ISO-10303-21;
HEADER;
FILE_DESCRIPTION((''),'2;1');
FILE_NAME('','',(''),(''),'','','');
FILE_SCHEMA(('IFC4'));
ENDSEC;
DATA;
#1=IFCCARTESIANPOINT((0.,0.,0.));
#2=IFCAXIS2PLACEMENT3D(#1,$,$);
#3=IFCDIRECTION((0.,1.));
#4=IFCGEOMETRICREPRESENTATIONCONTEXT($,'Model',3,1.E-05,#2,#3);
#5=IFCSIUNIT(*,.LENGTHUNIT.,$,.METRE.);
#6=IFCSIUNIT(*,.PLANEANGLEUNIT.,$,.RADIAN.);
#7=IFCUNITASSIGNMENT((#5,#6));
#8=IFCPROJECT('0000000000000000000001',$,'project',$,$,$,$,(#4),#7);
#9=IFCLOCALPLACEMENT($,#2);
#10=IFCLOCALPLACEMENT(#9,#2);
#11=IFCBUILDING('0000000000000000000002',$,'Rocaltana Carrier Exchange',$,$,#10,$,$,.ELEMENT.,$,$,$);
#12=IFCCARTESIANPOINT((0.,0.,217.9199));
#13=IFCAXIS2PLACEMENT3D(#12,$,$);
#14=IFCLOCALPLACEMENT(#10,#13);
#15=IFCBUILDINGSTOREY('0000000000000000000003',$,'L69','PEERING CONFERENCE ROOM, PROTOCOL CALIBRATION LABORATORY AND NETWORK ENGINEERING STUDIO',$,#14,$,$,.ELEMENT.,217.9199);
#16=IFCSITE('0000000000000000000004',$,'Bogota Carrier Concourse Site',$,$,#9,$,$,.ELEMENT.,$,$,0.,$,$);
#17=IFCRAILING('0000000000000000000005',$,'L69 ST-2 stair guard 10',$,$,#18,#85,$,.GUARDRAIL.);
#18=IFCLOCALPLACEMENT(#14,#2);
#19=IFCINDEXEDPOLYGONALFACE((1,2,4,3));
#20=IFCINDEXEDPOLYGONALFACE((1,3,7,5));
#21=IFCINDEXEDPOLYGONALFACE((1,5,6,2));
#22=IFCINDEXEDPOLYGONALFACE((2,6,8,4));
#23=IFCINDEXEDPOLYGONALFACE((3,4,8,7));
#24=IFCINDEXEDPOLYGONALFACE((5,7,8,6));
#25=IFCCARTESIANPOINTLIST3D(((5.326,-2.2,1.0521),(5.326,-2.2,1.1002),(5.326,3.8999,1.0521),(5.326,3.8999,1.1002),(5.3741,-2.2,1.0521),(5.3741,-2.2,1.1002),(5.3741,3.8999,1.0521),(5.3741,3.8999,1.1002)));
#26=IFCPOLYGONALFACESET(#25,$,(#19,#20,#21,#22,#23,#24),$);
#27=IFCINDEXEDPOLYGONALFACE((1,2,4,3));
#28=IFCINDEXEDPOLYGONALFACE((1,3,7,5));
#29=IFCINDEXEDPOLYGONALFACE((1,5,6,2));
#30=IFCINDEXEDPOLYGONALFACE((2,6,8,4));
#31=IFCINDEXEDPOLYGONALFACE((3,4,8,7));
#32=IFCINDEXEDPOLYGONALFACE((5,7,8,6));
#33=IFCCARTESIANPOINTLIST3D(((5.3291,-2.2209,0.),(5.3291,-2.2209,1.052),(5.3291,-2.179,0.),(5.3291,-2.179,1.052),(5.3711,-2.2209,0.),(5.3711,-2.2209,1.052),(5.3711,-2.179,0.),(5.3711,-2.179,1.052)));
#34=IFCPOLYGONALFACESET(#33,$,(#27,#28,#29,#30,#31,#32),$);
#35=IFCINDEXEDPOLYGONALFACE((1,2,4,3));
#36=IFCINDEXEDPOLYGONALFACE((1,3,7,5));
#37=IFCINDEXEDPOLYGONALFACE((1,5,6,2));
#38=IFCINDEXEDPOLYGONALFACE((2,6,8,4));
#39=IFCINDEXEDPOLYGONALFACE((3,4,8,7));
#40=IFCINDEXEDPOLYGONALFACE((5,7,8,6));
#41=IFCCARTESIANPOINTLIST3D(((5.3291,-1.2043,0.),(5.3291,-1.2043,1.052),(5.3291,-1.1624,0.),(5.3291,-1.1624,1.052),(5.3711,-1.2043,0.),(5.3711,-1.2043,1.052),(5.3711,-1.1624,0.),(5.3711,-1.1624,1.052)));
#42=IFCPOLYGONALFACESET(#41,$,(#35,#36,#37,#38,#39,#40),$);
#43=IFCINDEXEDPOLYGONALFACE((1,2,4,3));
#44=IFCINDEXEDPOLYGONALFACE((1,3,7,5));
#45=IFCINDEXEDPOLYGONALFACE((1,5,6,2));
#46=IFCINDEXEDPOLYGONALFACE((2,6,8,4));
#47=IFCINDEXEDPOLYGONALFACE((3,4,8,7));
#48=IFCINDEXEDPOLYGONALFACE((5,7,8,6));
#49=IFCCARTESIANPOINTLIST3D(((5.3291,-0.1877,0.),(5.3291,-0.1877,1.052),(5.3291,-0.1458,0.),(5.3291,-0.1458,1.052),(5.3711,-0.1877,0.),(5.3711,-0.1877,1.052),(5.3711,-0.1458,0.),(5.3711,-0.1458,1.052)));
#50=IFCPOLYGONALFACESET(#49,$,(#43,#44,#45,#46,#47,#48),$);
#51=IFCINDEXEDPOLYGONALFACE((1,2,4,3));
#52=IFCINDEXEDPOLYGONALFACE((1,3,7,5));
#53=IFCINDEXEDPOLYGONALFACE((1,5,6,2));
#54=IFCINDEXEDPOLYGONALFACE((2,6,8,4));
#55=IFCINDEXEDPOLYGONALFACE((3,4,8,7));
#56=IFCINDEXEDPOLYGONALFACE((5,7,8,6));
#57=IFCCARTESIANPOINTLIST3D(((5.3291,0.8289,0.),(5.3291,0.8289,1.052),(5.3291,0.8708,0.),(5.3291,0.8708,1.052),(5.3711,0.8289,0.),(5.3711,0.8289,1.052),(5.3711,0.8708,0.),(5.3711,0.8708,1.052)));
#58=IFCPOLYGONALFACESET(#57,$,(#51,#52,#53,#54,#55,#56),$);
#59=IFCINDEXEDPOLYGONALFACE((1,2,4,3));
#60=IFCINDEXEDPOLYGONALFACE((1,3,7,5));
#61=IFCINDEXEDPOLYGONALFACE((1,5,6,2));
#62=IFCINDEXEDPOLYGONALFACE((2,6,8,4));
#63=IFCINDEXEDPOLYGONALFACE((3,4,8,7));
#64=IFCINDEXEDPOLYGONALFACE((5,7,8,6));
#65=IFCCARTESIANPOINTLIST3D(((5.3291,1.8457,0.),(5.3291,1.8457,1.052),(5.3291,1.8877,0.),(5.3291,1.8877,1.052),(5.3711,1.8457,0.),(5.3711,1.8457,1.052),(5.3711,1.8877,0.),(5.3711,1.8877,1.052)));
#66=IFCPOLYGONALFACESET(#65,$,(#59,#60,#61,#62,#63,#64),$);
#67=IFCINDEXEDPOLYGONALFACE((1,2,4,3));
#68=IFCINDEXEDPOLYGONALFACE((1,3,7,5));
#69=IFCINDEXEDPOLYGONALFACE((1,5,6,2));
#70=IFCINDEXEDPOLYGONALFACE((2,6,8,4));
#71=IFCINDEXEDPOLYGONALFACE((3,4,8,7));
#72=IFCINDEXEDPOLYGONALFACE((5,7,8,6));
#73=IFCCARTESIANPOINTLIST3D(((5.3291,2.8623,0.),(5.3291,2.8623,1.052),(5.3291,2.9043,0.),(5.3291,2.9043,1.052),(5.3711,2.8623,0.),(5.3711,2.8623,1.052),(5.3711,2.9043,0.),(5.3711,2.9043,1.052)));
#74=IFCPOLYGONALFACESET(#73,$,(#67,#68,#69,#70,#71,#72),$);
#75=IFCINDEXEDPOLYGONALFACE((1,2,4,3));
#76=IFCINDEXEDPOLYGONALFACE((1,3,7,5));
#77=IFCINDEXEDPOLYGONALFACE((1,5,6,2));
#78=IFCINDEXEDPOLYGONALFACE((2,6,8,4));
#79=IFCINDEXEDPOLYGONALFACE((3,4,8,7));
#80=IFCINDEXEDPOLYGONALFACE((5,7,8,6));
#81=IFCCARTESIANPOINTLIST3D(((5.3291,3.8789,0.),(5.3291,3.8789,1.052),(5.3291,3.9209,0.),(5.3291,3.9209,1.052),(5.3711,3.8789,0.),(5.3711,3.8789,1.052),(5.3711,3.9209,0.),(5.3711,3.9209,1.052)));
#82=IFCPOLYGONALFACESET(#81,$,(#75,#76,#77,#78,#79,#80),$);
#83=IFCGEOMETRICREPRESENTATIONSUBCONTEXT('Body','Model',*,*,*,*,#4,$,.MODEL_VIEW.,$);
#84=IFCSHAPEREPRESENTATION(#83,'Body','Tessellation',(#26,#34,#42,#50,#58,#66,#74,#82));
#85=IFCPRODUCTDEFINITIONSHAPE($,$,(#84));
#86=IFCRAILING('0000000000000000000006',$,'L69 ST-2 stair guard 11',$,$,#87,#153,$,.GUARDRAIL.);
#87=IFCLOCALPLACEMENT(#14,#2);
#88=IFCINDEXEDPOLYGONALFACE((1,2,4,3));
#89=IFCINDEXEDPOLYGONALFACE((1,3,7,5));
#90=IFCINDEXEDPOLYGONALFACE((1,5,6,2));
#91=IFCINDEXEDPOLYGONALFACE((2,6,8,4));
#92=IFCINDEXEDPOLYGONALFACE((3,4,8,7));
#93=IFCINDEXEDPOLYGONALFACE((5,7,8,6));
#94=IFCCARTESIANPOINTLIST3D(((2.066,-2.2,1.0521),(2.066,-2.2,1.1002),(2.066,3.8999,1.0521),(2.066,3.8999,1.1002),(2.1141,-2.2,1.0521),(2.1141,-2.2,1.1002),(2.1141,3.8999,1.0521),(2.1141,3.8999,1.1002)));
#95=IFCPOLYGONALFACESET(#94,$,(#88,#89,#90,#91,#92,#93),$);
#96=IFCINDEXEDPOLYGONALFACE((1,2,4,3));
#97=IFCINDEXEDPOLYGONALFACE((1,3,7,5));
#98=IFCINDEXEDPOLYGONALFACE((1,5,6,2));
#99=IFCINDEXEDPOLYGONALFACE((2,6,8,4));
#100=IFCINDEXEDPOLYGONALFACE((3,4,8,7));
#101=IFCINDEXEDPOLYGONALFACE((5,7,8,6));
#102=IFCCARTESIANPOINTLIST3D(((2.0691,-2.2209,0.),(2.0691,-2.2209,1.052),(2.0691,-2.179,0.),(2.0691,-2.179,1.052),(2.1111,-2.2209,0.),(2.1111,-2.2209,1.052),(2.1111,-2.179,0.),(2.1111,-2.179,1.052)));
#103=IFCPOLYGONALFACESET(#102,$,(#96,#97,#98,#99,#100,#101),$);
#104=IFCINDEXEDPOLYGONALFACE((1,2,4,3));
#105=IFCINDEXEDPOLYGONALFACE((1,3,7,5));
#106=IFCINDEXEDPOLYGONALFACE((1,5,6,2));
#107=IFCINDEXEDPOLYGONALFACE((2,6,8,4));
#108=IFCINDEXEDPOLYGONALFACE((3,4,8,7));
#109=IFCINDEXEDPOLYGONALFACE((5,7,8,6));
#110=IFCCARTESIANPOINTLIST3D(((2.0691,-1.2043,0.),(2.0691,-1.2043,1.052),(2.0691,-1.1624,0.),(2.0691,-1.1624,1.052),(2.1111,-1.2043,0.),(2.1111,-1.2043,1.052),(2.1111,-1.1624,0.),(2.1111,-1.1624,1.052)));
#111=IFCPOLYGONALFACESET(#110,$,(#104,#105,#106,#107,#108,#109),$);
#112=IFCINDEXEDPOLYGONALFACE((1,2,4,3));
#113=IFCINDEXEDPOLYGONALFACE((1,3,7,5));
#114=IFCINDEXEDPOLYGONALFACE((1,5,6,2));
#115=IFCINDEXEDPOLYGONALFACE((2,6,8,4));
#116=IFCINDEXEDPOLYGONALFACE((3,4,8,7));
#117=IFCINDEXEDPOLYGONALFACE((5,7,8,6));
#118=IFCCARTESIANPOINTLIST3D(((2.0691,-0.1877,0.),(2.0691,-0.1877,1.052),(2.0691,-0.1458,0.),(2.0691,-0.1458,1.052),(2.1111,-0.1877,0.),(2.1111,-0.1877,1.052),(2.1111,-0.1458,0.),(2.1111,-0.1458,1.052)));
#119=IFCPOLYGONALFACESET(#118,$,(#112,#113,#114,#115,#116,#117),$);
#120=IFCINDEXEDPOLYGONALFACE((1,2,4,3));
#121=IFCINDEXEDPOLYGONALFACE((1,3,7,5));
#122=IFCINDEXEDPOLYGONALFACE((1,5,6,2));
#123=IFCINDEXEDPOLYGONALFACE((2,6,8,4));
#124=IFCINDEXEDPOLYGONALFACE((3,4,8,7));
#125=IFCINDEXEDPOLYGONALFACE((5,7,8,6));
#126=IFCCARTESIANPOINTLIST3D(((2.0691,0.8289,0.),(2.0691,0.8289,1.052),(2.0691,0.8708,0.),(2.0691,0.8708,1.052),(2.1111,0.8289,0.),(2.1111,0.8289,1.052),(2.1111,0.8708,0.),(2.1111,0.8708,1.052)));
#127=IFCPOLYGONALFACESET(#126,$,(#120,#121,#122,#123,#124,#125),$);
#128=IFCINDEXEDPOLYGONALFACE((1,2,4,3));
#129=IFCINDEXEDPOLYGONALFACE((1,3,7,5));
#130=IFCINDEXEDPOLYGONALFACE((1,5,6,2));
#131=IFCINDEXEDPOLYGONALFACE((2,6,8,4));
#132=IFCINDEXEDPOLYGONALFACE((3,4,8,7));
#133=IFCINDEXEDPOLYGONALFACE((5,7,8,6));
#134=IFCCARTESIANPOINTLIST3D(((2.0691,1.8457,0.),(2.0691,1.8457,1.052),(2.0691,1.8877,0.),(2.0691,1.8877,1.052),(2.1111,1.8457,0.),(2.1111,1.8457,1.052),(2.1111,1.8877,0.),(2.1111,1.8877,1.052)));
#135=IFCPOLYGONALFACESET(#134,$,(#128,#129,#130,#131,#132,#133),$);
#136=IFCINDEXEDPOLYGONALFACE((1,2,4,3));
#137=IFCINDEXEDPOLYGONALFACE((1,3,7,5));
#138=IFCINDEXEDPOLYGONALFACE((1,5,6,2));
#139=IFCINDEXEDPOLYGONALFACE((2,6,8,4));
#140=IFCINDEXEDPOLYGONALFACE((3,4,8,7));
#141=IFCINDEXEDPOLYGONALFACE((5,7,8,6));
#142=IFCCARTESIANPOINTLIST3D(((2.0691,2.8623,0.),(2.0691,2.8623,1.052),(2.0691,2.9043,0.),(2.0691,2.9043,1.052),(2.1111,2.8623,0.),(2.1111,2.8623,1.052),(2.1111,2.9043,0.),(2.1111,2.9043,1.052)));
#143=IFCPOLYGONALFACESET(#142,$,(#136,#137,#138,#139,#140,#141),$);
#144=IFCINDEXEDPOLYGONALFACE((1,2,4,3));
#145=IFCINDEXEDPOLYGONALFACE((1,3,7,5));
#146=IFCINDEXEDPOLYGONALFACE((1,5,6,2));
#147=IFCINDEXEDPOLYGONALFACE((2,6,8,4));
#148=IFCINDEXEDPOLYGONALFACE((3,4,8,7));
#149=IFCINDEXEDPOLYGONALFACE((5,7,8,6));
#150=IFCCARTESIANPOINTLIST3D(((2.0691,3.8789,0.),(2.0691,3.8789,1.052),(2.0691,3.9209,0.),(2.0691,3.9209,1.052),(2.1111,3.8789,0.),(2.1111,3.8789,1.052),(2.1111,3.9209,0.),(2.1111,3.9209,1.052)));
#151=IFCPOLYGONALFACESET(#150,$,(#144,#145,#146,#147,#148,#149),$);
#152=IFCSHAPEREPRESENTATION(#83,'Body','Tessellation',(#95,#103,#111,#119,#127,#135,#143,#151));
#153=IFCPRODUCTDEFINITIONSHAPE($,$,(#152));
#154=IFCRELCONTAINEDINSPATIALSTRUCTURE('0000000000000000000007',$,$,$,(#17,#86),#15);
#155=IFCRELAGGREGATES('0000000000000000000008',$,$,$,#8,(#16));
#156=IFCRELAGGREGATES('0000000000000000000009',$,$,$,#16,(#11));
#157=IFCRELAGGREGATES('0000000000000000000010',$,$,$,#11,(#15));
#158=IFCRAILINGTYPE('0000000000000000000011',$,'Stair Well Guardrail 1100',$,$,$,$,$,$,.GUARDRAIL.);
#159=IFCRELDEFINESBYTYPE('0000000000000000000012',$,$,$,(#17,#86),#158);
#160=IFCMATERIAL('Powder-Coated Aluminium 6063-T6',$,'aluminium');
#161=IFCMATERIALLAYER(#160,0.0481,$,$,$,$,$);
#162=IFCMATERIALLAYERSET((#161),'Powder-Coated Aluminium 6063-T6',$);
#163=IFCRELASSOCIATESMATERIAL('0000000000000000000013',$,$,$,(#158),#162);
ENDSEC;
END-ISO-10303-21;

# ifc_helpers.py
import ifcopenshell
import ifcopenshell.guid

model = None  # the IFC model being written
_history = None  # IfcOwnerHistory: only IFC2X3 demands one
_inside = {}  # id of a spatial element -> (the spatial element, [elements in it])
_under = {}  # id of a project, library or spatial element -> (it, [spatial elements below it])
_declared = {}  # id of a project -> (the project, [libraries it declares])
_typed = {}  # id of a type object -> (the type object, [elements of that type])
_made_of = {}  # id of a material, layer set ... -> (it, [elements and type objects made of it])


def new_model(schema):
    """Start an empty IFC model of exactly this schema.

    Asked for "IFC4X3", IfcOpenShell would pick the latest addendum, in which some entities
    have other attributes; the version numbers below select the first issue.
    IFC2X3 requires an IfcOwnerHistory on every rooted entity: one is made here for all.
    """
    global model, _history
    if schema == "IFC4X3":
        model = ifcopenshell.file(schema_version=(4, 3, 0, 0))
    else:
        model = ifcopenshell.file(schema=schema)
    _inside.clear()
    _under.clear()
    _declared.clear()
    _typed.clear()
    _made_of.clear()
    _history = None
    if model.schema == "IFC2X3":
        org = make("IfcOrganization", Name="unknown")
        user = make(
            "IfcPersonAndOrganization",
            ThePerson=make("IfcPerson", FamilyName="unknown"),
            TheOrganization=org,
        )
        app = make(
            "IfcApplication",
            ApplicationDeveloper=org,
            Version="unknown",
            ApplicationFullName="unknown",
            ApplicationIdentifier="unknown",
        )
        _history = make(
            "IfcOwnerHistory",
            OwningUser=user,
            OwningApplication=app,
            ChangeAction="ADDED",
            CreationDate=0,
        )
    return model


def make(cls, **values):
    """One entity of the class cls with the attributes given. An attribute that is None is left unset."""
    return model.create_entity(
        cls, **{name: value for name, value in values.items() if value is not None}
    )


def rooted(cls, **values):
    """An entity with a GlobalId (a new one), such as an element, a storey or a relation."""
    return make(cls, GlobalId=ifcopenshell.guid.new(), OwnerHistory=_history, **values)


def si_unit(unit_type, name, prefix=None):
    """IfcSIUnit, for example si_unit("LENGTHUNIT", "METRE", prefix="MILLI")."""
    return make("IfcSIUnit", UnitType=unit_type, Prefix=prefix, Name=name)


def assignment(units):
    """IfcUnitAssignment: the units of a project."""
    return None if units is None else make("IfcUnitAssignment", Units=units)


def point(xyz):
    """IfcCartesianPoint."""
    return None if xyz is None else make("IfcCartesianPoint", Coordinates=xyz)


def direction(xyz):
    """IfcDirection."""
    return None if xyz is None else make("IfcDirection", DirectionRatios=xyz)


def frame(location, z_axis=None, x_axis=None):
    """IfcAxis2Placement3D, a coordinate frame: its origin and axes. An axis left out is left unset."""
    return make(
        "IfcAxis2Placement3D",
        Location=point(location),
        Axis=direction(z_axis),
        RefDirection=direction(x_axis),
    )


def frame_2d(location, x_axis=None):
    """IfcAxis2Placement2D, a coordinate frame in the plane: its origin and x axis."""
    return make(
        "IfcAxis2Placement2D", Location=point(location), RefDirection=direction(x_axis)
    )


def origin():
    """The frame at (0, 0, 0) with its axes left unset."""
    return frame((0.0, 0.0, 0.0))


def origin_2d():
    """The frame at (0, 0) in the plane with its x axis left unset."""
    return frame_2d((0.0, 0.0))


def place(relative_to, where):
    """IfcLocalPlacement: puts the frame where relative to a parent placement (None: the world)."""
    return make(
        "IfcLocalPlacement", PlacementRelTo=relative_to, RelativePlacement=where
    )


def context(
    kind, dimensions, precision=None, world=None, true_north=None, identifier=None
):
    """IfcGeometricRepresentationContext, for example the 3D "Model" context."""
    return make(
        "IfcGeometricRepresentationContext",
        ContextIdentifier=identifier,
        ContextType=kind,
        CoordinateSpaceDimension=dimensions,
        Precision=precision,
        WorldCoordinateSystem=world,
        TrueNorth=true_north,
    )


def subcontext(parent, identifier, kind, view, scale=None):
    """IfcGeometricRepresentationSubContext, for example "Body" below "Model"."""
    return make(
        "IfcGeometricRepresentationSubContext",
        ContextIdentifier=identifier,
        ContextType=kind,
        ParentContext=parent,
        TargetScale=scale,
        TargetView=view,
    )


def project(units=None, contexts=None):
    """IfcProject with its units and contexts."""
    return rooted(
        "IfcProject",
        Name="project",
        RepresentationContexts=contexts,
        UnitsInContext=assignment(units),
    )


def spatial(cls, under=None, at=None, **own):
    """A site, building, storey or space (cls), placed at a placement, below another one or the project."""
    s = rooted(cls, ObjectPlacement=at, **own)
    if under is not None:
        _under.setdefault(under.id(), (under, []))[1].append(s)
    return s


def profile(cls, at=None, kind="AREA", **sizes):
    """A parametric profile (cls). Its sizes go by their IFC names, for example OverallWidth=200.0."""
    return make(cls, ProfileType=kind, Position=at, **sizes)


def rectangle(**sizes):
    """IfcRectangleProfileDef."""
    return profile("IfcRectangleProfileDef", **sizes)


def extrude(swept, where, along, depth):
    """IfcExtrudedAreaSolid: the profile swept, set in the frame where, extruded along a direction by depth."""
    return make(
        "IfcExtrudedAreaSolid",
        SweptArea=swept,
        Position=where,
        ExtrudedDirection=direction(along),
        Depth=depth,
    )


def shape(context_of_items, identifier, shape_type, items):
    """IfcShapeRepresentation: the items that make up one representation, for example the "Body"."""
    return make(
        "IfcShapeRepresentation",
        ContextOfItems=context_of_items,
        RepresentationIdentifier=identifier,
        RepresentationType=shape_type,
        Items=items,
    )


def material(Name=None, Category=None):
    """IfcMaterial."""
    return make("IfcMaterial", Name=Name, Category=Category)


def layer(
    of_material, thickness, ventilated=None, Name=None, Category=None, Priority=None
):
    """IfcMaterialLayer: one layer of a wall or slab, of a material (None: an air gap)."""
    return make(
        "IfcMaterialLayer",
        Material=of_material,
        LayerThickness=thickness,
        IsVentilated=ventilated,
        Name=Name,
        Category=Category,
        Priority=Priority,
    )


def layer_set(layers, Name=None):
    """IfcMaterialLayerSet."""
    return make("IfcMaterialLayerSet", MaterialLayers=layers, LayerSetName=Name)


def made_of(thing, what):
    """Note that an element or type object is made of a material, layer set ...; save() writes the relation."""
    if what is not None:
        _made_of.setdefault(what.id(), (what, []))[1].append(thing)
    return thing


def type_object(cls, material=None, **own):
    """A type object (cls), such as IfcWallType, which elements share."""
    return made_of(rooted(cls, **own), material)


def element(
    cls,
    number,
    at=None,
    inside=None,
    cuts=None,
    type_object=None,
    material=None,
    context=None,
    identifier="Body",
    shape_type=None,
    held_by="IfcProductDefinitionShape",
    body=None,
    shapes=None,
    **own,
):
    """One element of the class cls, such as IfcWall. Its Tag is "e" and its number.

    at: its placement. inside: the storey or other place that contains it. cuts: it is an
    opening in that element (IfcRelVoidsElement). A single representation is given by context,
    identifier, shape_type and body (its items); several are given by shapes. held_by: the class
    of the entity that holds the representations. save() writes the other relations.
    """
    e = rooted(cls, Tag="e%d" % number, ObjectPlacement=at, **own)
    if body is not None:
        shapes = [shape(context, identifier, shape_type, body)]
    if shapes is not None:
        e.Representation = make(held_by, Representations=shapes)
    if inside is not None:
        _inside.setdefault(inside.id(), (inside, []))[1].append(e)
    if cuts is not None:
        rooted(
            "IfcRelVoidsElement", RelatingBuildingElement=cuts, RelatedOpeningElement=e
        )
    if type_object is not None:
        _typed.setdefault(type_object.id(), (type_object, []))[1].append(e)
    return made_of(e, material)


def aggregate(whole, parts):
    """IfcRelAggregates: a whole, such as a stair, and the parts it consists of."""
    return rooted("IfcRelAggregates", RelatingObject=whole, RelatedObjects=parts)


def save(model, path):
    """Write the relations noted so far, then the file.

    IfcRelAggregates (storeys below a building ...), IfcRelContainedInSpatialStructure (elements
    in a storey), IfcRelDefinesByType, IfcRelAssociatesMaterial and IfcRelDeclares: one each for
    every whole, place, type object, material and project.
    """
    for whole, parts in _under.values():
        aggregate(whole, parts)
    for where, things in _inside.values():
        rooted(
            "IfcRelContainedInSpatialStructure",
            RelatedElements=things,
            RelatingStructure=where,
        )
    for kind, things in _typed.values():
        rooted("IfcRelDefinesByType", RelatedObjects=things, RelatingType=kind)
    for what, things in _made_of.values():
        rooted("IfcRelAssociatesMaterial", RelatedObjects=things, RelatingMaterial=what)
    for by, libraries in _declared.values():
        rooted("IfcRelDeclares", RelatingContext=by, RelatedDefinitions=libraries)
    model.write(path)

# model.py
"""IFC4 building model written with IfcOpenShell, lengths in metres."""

from ifc_helpers import new_model, si_unit, direction, frame, origin, origin_2d, place, context, subcontext, project, spatial, rectangle, extrude, material, layer, layer_set, type_object, element, save


model = new_model("IFC4")

# Units and contexts
model_context = context("Model", 3, precision=1e-05, world=origin(), true_north=direction((0.0, 1.0)))
body_context = subcontext(model_context, "Body", "Model", "MODEL_VIEW")
ifc_project = project(units=[si_unit("LENGTHUNIT", "METRE"), si_unit("PLANEANGLEUNIT", "RADIAN")], contexts=[model_context])

# Site, building, storey
site_placement = place(None, origin())
site = spatial("IfcSite", under=ifc_project, at=site_placement, Name="Bogota Carrier Concourse Site", CompositionType="ELEMENT", RefElevation=0.0)
building_placement = place(site_placement, origin())
building = spatial("IfcBuilding", under=site, at=building_placement, Name="Rocaltana Carrier Exchange", CompositionType="ELEMENT")
storey_placement = place(building_placement, frame((0.0, 0.0, 217.9199)))
storey = spatial("IfcBuildingStorey", under=building, at=storey_placement, Name="L69", Description="PEERING CONFERENCE ROOM, PROTOCOL CALIBRATION LABORATORY AND NETWORK ENGINEERING STUDIO", CompositionType="ELEMENT", Elevation=217.9199)

# Railings
ifc_material_1 = material(Name="Powder-Coated Aluminium 6063-T6", Category="aluminium")
ifc_layer_1 = layer(ifc_material_1, 0.0481)
ifc_layer_set_1 = layer_set([ifc_layer_1], Name="Powder-Coated Aluminium 6063-T6")
railing_type_1 = type_object("IfcRailingType", Name="Stair Well Guardrail 1100", PredefinedType="GUARDRAIL", material=ifc_layer_set_1)
for number, where, name in (
    (1, (5.3501, -2.2, 0.0), "L69 ST-2 stair guard 10"),
    (2, (2.0901, -2.2, 0.0), "L69 ST-2 stair guard 11"),
):
    element("IfcRailing", number, at=place(storey_placement, frame(where)), inside=storey, type_object=railing_type_1, Name=name, PredefinedType="GUARDRAIL", context=body_context, shape_type="SweptSolid", body=[
        extrude(rectangle(XDim=0.0481, YDim=0.0481, at=origin_2d()), frame((0.0, 0.0, 1.0762), z_axis=(0.0, 1.0, 0.0), x_axis=(-1.0, 0.0, 0.0)), (0.0, 0.0, 1.0), 6.0999),
        extrude(rectangle(XDim=0.042, YDim=0.042, at=origin_2d()), origin(), (0.0, 0.0, 1.0), 1.052),
        extrude(rectangle(XDim=0.042, YDim=0.042, at=origin_2d()), frame((0.0, 1.0166, 0.0)), (0.0, 0.0, 1.0), 1.052),
        extrude(rectangle(XDim=0.042, YDim=0.042, at=origin_2d()), frame((0.0, 2.0332, 0.0)), (0.0, 0.0, 1.0), 1.052),
        extrude(rectangle(XDim=0.042, YDim=0.042, at=origin_2d()), frame((0.0, 3.0498, 0.0)), (0.0, 0.0, 1.0), 1.052),
        extrude(rectangle(XDim=0.042, YDim=0.042, at=origin_2d()), frame((0.0, 4.0667, 0.0)), (0.0, 0.0, 1.0), 1.052),
        extrude(rectangle(XDim=0.042, YDim=0.042, at=origin_2d()), frame((0.0, 5.0833, 0.0)), (0.0, 0.0, 1.0), 1.052),
        extrude(rectangle(XDim=0.042, YDim=0.042, at=origin_2d()), frame((0.0, 6.0999, 0.0)), (0.0, 0.0, 1.0), 1.052),
    ])

save(model, "model.ifc")
